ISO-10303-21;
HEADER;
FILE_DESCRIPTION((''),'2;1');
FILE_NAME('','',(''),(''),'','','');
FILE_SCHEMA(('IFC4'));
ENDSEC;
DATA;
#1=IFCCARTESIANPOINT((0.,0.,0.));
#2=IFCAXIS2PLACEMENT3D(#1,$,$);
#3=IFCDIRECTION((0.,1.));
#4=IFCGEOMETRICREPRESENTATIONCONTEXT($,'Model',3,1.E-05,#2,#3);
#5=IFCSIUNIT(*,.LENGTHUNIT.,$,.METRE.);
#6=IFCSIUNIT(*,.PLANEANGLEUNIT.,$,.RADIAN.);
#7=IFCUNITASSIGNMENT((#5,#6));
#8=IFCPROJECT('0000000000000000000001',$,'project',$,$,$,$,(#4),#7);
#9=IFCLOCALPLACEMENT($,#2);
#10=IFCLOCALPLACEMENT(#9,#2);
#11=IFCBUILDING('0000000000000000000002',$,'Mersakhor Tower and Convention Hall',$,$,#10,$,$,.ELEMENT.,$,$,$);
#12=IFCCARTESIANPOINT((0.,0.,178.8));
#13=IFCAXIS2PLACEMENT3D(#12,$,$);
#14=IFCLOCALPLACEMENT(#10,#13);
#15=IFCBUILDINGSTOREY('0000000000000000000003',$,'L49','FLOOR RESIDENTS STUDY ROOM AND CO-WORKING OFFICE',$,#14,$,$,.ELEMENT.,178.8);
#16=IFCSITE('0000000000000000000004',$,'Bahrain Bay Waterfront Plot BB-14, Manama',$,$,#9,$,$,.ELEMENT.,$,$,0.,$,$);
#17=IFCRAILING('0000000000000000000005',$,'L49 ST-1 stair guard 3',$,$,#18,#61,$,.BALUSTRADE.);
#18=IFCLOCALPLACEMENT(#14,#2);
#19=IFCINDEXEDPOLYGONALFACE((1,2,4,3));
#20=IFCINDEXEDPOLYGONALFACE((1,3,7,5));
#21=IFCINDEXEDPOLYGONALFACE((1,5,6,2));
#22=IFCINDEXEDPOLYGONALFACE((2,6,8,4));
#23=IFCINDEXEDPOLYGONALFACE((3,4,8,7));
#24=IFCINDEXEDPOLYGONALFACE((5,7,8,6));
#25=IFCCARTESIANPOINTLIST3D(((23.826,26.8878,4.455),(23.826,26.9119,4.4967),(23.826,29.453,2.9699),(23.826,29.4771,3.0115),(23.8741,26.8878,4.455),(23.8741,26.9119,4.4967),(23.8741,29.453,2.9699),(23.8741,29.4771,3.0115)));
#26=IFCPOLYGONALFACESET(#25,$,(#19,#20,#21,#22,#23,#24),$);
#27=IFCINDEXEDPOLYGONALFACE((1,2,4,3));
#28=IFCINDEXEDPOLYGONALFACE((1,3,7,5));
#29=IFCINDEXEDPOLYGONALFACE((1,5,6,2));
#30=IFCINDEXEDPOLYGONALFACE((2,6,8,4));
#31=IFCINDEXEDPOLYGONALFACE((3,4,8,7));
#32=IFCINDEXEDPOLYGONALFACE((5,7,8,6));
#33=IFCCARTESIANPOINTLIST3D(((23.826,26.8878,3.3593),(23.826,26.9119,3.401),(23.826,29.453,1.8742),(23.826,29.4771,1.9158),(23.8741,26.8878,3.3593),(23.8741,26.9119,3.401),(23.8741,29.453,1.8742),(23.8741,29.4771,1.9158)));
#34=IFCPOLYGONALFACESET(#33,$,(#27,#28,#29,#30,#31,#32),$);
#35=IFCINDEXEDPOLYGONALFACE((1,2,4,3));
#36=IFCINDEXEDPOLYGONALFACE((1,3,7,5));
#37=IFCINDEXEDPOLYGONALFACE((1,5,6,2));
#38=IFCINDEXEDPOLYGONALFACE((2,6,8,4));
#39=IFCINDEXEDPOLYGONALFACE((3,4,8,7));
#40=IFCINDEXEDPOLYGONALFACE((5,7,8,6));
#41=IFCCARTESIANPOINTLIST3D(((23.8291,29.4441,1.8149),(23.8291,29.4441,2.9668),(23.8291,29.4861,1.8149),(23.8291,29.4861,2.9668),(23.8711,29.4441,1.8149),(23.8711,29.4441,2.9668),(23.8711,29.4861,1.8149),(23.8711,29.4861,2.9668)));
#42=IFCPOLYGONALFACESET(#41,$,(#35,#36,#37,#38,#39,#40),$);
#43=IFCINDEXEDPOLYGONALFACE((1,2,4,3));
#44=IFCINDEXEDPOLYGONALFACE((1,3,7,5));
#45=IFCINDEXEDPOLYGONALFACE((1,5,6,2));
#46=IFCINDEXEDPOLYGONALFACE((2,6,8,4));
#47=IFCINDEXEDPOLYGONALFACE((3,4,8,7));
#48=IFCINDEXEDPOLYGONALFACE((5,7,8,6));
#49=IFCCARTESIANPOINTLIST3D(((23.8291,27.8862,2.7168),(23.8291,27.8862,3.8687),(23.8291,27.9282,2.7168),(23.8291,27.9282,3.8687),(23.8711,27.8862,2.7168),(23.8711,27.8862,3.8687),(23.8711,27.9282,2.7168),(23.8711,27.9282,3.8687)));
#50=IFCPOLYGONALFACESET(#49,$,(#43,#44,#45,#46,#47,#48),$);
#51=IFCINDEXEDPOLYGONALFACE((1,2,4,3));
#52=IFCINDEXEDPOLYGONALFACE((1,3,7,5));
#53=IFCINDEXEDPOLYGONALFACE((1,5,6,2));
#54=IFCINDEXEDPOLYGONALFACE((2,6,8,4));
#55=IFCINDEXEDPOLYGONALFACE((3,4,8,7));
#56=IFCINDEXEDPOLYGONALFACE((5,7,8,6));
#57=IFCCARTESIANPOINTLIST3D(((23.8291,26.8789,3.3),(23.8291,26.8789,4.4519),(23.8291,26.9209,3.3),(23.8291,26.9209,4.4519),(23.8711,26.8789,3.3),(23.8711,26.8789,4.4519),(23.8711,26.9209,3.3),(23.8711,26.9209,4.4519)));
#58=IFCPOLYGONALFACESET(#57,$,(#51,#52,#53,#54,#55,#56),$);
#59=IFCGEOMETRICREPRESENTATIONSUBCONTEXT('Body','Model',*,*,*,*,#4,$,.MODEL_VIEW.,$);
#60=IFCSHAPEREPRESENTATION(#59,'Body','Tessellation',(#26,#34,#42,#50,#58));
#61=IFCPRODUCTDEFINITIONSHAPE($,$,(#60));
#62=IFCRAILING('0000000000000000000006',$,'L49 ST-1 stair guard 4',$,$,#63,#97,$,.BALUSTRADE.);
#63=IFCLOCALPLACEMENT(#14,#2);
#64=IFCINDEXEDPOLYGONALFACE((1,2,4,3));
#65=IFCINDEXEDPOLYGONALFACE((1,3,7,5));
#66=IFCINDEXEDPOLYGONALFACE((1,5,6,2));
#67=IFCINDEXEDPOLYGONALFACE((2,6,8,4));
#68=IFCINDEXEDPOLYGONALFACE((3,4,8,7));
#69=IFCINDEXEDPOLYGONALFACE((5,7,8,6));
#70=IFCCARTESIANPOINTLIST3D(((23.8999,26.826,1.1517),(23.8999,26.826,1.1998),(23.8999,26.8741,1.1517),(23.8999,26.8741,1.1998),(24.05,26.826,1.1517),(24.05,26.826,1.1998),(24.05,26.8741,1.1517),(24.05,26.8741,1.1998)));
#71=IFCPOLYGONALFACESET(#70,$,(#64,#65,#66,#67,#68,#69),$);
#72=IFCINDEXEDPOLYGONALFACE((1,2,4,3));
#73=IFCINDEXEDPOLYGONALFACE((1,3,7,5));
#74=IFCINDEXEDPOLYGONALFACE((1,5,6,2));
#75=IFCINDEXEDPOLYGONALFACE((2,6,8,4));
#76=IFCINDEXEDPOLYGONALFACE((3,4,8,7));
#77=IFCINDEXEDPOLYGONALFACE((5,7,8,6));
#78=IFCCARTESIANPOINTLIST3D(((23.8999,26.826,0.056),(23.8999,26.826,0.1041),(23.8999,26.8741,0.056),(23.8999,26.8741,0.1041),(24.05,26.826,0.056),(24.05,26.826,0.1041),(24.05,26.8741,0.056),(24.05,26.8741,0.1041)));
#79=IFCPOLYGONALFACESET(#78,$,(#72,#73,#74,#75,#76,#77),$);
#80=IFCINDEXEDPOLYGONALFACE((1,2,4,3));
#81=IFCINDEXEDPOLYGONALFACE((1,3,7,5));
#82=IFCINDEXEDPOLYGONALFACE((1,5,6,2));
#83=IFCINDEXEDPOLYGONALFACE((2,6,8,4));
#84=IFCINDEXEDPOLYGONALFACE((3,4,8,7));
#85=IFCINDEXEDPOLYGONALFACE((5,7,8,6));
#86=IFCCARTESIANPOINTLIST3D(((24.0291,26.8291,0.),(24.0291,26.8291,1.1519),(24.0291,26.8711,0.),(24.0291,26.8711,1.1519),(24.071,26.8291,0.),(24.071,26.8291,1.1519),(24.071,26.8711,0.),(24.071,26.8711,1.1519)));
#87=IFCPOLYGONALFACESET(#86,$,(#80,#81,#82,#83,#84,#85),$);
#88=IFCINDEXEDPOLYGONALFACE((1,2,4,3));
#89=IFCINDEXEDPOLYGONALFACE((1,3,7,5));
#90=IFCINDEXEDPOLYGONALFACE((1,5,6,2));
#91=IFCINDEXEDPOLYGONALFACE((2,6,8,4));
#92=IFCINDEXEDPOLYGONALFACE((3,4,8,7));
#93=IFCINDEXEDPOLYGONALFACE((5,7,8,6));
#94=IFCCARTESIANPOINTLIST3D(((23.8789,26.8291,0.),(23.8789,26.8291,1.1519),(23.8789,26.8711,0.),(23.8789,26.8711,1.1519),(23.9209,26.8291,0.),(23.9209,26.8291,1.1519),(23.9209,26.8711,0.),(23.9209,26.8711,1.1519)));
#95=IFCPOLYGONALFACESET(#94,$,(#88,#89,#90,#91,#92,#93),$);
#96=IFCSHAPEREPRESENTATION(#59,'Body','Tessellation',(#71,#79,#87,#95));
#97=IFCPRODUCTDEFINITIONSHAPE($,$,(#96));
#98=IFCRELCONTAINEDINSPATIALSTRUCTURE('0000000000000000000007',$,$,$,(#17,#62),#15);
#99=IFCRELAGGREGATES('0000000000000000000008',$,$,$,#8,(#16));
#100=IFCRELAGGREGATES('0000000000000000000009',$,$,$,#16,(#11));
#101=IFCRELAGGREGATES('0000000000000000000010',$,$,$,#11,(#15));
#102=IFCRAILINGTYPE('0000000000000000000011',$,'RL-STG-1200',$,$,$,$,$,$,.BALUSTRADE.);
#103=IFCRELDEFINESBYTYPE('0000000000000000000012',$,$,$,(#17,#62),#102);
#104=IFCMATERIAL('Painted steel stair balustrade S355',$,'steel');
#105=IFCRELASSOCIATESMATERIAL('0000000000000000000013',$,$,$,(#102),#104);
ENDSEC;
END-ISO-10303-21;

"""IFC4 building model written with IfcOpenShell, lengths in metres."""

from ifc_helpers import new_model, si_unit, direction, frame, origin, origin_2d, place, context, subcontext, project, spatial, rectangle, extrude, material, type_object, element, save


model = new_model("IFC4")

# Units and contexts
model_context = context("Model", 3, precision=1e-05, world=origin(), true_north=direction((0.0, 1.0)))
body_context = subcontext(model_context, "Body", "Model", "MODEL_VIEW")
ifc_project = project(units=[si_unit("LENGTHUNIT", "METRE"), si_unit("PLANEANGLEUNIT", "RADIAN")], contexts=[model_context])

# Site, building, storey
site_placement = place(None, origin())
site = spatial("IfcSite", under=ifc_project, at=site_placement, Name="Bahrain Bay Waterfront Plot BB-14, Manama", CompositionType="ELEMENT", RefElevation=0.0)
building_placement = place(site_placement, origin())
building = spatial("IfcBuilding", under=site, at=building_placement, Name="Mersakhor Tower and Convention Hall", CompositionType="ELEMENT")
storey_placement = place(building_placement, frame((0.0, 0.0, 178.8)))
storey = spatial("IfcBuildingStorey", under=building, at=storey_placement, Name="L49", Description="FLOOR RESIDENTS STUDY ROOM AND CO-WORKING OFFICE", CompositionType="ELEMENT", Elevation=178.8)

# Railings
ifc_material_1 = material(Name="Painted steel stair balustrade S355", Category="steel")
railing_type_1 = type_object("IfcRailingType", Name="RL-STG-1200", PredefinedType="BALUSTRADE", material=ifc_material_1)
railing_1_placement = place(storey_placement, frame((23.8501, 29.4651, 1.8149)))
element("IfcRailing", 1, at=railing_1_placement, inside=storey, type_object=railing_type_1, Name="L49 ST-1 stair guard 3", PredefinedType="BALUSTRADE", context=body_context, shape_type="SweptSolid", body=[
    extrude(rectangle(XDim=0.0481, YDim=0.0481, at=origin_2d()), frame((0.0, 0.0, 1.1758), z_axis=(0.0, -0.865426, 0.501036), x_axis=(1.0, 0.0, 0.0)), (0.0, 0.0, 1.0), 2.9641),
    extrude(rectangle(XDim=0.0481, YDim=0.0481, at=origin_2d()), frame((0.0, 0.0, 0.0801), z_axis=(0.0, -0.865426, 0.501036), x_axis=(1.0, 0.0, 0.0)), (0.0, 0.0, 1.0), 2.9641),
    extrude(rectangle(XDim=0.042, YDim=0.042, at=origin_2d()), origin(), (0.0, 0.0, 1.0), 1.1519),
    extrude(rectangle(XDim=0.042, YDim=0.042, at=origin_2d()), frame((0.0, -1.5579, 0.9019)), (0.0, 0.0, 1.0), 1.1519),
    extrude(rectangle(XDim=0.042, YDim=0.042, at=origin_2d()), frame((0.0, -2.5652, 1.4851)), (0.0, 0.0, 1.0), 1.1519),
])
railing_2_placement = place(storey_placement, frame((24.05, 26.8501, 0.0)))
element("IfcRailing", 2, at=railing_2_placement, inside=storey, type_object=railing_type_1, Name="L49 ST-1 stair guard 4", PredefinedType="BALUSTRADE", context=body_context, shape_type="SweptSolid", body=[
    extrude(rectangle(XDim=0.0481, YDim=0.0481, at=origin_2d()), frame((0.0, 0.0, 1.1758), z_axis=(-1.0, 0.0, 0.0), x_axis=(0.0, -1.0, 0.0)), (0.0, 0.0, 1.0), 0.1501),
    extrude(rectangle(XDim=0.0481, YDim=0.0481, at=origin_2d()), frame((0.0, 0.0, 0.0801), z_axis=(-1.0, 0.0, 0.0), x_axis=(0.0, -1.0, 0.0)), (0.0, 0.0, 1.0), 0.1501),
    extrude(rectangle(XDim=0.042, YDim=0.042, at=origin_2d()), origin(), (0.0, 0.0, 1.0), 1.1519),
    extrude(rectangle(XDim=0.042, YDim=0.042, at=origin_2d()), frame((-0.1501, 0.0, 0.0)), (0.0, 0.0, 1.0), 1.1519),
])

save(model, "model.ifc")
